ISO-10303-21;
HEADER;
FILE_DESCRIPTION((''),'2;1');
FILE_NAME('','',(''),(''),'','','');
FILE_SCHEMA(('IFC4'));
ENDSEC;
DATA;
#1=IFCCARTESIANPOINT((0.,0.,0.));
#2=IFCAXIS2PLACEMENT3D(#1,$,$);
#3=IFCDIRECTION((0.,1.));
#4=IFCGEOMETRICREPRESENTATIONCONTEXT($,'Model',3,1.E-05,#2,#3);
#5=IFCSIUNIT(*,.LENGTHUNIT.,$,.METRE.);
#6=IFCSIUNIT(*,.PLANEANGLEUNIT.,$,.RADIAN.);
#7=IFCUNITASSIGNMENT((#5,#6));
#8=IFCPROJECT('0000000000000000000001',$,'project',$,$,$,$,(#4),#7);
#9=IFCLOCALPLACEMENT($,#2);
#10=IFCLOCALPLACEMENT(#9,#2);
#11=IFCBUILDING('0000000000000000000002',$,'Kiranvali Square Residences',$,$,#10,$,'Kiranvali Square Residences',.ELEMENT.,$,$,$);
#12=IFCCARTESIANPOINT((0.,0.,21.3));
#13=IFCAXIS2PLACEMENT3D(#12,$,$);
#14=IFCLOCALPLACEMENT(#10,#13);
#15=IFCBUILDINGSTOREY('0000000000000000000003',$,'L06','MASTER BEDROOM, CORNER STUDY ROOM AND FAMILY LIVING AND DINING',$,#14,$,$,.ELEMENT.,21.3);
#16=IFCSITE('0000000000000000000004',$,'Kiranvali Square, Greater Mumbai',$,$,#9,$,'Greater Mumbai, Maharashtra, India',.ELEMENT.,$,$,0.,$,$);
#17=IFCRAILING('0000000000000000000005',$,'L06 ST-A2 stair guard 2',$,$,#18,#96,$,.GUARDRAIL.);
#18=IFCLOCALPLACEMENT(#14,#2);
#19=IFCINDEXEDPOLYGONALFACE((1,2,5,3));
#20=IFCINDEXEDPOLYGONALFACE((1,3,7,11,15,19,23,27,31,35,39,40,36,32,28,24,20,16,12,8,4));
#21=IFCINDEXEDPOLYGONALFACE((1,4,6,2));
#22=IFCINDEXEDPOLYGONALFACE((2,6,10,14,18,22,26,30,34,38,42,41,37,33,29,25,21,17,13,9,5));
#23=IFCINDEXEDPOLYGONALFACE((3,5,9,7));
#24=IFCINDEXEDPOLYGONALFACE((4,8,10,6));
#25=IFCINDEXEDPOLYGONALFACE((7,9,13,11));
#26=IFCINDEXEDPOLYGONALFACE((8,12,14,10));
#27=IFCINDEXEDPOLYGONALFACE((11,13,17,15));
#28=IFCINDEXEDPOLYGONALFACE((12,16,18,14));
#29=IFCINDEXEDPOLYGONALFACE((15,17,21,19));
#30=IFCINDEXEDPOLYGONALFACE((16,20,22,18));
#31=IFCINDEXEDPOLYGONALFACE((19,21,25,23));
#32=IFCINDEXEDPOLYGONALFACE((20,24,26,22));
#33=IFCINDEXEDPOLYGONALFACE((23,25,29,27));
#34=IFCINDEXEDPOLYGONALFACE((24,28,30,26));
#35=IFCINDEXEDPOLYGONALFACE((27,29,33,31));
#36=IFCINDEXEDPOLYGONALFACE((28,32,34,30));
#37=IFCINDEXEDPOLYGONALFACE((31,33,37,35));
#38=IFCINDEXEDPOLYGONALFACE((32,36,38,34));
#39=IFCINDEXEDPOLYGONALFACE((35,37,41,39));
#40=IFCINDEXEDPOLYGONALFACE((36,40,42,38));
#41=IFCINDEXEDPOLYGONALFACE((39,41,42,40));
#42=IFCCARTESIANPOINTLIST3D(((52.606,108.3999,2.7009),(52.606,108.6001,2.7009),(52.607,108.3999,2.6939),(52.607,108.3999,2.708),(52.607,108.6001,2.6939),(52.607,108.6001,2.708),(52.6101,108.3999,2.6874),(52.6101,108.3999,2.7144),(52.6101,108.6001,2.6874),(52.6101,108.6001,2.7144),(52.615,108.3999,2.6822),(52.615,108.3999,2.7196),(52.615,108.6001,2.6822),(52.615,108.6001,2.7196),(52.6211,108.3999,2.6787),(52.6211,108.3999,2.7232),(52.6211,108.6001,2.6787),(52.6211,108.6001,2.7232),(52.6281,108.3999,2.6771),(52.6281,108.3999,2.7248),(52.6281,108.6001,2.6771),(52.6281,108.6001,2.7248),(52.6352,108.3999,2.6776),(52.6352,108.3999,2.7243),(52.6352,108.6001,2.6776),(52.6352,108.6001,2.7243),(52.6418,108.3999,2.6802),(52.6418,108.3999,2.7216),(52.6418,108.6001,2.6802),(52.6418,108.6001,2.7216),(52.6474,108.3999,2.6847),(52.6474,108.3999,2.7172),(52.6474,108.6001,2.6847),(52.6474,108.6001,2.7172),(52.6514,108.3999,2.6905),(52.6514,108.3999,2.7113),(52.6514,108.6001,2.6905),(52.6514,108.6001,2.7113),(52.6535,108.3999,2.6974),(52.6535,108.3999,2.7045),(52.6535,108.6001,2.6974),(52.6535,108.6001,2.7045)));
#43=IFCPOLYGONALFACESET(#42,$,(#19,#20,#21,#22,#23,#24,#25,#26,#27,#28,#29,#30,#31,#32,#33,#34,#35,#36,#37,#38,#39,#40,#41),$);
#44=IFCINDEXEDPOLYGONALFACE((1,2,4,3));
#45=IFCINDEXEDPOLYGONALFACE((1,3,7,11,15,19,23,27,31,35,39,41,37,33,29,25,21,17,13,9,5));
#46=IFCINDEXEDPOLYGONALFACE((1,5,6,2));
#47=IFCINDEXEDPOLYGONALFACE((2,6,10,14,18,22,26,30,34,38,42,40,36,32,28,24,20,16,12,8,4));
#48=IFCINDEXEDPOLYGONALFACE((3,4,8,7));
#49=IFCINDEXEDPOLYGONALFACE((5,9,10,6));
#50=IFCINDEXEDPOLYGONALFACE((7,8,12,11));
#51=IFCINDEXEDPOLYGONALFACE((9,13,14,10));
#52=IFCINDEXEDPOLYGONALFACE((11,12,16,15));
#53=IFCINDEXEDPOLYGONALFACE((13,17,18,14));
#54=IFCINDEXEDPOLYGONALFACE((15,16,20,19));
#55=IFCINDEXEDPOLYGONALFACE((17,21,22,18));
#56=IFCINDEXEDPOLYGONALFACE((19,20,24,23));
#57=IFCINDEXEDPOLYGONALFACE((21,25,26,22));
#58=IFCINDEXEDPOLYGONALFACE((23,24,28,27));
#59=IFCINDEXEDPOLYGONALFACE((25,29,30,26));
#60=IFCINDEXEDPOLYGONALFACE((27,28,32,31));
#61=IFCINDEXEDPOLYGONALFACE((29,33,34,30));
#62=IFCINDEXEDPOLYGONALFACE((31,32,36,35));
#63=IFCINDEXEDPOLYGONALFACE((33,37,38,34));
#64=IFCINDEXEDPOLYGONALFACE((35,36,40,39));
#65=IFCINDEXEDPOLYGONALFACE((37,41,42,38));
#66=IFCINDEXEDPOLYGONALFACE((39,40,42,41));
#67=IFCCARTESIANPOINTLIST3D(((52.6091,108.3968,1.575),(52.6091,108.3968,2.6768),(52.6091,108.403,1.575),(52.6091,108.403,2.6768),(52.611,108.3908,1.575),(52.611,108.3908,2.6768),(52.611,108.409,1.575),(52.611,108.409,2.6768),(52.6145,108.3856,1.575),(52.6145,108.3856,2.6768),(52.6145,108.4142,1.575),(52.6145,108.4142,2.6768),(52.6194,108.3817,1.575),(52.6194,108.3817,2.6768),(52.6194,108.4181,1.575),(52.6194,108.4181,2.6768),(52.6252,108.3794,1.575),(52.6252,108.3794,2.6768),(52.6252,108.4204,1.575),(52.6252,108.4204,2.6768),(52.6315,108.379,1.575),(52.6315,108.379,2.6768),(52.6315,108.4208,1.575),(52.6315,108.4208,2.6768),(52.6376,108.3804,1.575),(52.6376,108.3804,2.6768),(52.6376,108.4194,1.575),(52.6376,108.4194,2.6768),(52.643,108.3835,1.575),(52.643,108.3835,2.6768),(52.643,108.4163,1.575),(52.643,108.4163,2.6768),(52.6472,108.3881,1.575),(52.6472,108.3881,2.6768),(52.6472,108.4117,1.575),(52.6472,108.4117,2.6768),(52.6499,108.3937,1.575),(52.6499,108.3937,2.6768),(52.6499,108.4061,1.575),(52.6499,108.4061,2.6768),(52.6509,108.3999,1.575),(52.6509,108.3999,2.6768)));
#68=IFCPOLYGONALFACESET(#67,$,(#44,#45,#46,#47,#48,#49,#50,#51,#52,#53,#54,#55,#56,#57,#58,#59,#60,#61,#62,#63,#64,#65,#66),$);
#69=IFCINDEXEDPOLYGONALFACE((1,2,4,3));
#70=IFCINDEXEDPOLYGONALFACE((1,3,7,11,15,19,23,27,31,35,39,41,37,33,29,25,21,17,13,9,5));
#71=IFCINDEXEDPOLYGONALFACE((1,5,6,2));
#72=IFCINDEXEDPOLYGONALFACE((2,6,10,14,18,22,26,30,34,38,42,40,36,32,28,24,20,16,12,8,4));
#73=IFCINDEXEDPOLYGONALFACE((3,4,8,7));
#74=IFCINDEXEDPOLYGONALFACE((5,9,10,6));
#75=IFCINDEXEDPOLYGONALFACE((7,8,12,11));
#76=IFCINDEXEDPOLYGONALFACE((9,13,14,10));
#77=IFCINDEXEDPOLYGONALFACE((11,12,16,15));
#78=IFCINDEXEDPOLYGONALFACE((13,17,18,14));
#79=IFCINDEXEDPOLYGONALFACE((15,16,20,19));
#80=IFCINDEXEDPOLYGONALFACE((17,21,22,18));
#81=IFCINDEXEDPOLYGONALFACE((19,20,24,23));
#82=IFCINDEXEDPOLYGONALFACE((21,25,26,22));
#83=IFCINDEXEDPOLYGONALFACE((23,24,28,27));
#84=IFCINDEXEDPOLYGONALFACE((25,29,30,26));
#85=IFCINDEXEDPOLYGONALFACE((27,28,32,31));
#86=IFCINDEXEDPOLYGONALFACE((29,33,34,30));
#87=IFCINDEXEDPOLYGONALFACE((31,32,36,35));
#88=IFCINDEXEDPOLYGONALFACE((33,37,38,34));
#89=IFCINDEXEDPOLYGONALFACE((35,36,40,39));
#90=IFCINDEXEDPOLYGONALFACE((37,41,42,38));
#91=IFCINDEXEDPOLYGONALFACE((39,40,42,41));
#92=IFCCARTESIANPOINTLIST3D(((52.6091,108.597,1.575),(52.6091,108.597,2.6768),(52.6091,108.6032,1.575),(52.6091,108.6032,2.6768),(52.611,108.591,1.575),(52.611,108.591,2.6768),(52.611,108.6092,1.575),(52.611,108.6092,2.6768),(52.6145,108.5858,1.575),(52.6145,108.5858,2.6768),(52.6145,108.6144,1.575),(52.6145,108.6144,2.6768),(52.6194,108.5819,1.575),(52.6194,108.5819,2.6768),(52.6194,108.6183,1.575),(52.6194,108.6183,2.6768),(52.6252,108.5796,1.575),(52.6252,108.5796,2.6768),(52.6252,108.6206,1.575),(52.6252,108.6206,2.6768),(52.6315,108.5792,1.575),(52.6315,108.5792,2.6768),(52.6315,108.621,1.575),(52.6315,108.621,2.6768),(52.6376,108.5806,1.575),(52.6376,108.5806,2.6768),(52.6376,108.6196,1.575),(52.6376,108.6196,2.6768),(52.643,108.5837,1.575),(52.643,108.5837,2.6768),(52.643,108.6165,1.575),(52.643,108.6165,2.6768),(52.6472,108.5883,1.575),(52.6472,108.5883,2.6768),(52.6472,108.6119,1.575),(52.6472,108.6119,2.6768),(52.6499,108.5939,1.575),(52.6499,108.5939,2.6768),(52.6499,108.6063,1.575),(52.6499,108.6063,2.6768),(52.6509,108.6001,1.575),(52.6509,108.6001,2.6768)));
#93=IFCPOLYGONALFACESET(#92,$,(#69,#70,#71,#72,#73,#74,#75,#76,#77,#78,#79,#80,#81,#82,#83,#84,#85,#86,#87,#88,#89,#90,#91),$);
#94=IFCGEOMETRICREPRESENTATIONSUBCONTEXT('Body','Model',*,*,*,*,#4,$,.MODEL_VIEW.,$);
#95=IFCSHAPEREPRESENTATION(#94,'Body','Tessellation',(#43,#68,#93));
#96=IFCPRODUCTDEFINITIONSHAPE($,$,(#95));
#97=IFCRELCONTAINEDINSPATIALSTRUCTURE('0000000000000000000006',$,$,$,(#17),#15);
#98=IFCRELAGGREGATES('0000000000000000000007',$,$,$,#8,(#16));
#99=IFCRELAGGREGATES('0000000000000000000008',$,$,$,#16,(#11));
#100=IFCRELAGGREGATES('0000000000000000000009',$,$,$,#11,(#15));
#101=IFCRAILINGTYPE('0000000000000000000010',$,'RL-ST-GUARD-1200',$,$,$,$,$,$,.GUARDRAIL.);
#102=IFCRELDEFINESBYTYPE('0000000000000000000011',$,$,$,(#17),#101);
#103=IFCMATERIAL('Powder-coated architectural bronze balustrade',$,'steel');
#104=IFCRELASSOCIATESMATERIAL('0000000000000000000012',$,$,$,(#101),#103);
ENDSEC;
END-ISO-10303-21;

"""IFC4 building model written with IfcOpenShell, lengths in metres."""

from ifc_helpers import new_model, si_unit, direction, frame, origin, origin_2d, place, context, subcontext, project, spatial, circle, extrude, material, type_object, element, save


model = new_model("IFC4")

# Units and contexts
model_context = context("Model", 3, precision=1e-05, world=origin(), true_north=direction((0.0, 1.0)))
body_context = subcontext(model_context, "Body", "Model", "MODEL_VIEW")
ifc_project = project(units=[si_unit("LENGTHUNIT", "METRE"), si_unit("PLANEANGLEUNIT", "RADIAN")], contexts=[model_context])

# Site, building, storey
site_placement = place(None, origin())
site = spatial("IfcSite", under=ifc_project, at=site_placement, Name="Kiranvali Square, Greater Mumbai", LongName="Greater Mumbai, Maharashtra, India", CompositionType="ELEMENT", RefElevation=0.0)
building_placement = place(site_placement, origin())
building = spatial("IfcBuilding", under=site, at=building_placement, Name="Kiranvali Square Residences", LongName="Kiranvali Square Residences", CompositionType="ELEMENT")
storey_placement = place(building_placement, frame((0.0, 0.0, 21.3)))
storey = spatial("IfcBuildingStorey", under=building, at=storey_placement, Name="L06", Description="MASTER BEDROOM, CORNER STUDY ROOM AND FAMILY LIVING AND DINING", CompositionType="ELEMENT", Elevation=21.3)

# Railing
ifc_material_1 = material(Name="Powder-coated architectural bronze balustrade", Category="steel")
railing_type_1 = type_object("IfcRailingType", Name="RL-ST-GUARD-1200", PredefinedType="GUARDRAIL", material=ifc_material_1)
railing_1_placement = place(storey_placement, frame((52.6299, 108.3999, 1.575)))
element("IfcRailing", 1, at=railing_1_placement, inside=storey, type_object=railing_type_1, Name="L06 ST-A2 stair guard 2", PredefinedType="GUARDRAIL", context=body_context, shape_type="SweptSolid", body=[
    extrude(circle(Radius=0.0239, at=origin_2d()), frame((0.0, 0.0, 1.126), z_axis=(0.0, 1.0, 0.0), x_axis=(-1.0, 0.0, 0.0)), (0.0, 0.0, 1.0), 0.2002),
    extrude(circle(Radius=0.021, at=origin_2d()), origin(), (0.0, 0.0, 1.0), 1.1018),
    extrude(circle(Radius=0.021, at=origin_2d()), frame((0.0, 0.2002, 0.0)), (0.0, 0.0, 1.0), 1.1018),
])

save(model, "model.ifc")
